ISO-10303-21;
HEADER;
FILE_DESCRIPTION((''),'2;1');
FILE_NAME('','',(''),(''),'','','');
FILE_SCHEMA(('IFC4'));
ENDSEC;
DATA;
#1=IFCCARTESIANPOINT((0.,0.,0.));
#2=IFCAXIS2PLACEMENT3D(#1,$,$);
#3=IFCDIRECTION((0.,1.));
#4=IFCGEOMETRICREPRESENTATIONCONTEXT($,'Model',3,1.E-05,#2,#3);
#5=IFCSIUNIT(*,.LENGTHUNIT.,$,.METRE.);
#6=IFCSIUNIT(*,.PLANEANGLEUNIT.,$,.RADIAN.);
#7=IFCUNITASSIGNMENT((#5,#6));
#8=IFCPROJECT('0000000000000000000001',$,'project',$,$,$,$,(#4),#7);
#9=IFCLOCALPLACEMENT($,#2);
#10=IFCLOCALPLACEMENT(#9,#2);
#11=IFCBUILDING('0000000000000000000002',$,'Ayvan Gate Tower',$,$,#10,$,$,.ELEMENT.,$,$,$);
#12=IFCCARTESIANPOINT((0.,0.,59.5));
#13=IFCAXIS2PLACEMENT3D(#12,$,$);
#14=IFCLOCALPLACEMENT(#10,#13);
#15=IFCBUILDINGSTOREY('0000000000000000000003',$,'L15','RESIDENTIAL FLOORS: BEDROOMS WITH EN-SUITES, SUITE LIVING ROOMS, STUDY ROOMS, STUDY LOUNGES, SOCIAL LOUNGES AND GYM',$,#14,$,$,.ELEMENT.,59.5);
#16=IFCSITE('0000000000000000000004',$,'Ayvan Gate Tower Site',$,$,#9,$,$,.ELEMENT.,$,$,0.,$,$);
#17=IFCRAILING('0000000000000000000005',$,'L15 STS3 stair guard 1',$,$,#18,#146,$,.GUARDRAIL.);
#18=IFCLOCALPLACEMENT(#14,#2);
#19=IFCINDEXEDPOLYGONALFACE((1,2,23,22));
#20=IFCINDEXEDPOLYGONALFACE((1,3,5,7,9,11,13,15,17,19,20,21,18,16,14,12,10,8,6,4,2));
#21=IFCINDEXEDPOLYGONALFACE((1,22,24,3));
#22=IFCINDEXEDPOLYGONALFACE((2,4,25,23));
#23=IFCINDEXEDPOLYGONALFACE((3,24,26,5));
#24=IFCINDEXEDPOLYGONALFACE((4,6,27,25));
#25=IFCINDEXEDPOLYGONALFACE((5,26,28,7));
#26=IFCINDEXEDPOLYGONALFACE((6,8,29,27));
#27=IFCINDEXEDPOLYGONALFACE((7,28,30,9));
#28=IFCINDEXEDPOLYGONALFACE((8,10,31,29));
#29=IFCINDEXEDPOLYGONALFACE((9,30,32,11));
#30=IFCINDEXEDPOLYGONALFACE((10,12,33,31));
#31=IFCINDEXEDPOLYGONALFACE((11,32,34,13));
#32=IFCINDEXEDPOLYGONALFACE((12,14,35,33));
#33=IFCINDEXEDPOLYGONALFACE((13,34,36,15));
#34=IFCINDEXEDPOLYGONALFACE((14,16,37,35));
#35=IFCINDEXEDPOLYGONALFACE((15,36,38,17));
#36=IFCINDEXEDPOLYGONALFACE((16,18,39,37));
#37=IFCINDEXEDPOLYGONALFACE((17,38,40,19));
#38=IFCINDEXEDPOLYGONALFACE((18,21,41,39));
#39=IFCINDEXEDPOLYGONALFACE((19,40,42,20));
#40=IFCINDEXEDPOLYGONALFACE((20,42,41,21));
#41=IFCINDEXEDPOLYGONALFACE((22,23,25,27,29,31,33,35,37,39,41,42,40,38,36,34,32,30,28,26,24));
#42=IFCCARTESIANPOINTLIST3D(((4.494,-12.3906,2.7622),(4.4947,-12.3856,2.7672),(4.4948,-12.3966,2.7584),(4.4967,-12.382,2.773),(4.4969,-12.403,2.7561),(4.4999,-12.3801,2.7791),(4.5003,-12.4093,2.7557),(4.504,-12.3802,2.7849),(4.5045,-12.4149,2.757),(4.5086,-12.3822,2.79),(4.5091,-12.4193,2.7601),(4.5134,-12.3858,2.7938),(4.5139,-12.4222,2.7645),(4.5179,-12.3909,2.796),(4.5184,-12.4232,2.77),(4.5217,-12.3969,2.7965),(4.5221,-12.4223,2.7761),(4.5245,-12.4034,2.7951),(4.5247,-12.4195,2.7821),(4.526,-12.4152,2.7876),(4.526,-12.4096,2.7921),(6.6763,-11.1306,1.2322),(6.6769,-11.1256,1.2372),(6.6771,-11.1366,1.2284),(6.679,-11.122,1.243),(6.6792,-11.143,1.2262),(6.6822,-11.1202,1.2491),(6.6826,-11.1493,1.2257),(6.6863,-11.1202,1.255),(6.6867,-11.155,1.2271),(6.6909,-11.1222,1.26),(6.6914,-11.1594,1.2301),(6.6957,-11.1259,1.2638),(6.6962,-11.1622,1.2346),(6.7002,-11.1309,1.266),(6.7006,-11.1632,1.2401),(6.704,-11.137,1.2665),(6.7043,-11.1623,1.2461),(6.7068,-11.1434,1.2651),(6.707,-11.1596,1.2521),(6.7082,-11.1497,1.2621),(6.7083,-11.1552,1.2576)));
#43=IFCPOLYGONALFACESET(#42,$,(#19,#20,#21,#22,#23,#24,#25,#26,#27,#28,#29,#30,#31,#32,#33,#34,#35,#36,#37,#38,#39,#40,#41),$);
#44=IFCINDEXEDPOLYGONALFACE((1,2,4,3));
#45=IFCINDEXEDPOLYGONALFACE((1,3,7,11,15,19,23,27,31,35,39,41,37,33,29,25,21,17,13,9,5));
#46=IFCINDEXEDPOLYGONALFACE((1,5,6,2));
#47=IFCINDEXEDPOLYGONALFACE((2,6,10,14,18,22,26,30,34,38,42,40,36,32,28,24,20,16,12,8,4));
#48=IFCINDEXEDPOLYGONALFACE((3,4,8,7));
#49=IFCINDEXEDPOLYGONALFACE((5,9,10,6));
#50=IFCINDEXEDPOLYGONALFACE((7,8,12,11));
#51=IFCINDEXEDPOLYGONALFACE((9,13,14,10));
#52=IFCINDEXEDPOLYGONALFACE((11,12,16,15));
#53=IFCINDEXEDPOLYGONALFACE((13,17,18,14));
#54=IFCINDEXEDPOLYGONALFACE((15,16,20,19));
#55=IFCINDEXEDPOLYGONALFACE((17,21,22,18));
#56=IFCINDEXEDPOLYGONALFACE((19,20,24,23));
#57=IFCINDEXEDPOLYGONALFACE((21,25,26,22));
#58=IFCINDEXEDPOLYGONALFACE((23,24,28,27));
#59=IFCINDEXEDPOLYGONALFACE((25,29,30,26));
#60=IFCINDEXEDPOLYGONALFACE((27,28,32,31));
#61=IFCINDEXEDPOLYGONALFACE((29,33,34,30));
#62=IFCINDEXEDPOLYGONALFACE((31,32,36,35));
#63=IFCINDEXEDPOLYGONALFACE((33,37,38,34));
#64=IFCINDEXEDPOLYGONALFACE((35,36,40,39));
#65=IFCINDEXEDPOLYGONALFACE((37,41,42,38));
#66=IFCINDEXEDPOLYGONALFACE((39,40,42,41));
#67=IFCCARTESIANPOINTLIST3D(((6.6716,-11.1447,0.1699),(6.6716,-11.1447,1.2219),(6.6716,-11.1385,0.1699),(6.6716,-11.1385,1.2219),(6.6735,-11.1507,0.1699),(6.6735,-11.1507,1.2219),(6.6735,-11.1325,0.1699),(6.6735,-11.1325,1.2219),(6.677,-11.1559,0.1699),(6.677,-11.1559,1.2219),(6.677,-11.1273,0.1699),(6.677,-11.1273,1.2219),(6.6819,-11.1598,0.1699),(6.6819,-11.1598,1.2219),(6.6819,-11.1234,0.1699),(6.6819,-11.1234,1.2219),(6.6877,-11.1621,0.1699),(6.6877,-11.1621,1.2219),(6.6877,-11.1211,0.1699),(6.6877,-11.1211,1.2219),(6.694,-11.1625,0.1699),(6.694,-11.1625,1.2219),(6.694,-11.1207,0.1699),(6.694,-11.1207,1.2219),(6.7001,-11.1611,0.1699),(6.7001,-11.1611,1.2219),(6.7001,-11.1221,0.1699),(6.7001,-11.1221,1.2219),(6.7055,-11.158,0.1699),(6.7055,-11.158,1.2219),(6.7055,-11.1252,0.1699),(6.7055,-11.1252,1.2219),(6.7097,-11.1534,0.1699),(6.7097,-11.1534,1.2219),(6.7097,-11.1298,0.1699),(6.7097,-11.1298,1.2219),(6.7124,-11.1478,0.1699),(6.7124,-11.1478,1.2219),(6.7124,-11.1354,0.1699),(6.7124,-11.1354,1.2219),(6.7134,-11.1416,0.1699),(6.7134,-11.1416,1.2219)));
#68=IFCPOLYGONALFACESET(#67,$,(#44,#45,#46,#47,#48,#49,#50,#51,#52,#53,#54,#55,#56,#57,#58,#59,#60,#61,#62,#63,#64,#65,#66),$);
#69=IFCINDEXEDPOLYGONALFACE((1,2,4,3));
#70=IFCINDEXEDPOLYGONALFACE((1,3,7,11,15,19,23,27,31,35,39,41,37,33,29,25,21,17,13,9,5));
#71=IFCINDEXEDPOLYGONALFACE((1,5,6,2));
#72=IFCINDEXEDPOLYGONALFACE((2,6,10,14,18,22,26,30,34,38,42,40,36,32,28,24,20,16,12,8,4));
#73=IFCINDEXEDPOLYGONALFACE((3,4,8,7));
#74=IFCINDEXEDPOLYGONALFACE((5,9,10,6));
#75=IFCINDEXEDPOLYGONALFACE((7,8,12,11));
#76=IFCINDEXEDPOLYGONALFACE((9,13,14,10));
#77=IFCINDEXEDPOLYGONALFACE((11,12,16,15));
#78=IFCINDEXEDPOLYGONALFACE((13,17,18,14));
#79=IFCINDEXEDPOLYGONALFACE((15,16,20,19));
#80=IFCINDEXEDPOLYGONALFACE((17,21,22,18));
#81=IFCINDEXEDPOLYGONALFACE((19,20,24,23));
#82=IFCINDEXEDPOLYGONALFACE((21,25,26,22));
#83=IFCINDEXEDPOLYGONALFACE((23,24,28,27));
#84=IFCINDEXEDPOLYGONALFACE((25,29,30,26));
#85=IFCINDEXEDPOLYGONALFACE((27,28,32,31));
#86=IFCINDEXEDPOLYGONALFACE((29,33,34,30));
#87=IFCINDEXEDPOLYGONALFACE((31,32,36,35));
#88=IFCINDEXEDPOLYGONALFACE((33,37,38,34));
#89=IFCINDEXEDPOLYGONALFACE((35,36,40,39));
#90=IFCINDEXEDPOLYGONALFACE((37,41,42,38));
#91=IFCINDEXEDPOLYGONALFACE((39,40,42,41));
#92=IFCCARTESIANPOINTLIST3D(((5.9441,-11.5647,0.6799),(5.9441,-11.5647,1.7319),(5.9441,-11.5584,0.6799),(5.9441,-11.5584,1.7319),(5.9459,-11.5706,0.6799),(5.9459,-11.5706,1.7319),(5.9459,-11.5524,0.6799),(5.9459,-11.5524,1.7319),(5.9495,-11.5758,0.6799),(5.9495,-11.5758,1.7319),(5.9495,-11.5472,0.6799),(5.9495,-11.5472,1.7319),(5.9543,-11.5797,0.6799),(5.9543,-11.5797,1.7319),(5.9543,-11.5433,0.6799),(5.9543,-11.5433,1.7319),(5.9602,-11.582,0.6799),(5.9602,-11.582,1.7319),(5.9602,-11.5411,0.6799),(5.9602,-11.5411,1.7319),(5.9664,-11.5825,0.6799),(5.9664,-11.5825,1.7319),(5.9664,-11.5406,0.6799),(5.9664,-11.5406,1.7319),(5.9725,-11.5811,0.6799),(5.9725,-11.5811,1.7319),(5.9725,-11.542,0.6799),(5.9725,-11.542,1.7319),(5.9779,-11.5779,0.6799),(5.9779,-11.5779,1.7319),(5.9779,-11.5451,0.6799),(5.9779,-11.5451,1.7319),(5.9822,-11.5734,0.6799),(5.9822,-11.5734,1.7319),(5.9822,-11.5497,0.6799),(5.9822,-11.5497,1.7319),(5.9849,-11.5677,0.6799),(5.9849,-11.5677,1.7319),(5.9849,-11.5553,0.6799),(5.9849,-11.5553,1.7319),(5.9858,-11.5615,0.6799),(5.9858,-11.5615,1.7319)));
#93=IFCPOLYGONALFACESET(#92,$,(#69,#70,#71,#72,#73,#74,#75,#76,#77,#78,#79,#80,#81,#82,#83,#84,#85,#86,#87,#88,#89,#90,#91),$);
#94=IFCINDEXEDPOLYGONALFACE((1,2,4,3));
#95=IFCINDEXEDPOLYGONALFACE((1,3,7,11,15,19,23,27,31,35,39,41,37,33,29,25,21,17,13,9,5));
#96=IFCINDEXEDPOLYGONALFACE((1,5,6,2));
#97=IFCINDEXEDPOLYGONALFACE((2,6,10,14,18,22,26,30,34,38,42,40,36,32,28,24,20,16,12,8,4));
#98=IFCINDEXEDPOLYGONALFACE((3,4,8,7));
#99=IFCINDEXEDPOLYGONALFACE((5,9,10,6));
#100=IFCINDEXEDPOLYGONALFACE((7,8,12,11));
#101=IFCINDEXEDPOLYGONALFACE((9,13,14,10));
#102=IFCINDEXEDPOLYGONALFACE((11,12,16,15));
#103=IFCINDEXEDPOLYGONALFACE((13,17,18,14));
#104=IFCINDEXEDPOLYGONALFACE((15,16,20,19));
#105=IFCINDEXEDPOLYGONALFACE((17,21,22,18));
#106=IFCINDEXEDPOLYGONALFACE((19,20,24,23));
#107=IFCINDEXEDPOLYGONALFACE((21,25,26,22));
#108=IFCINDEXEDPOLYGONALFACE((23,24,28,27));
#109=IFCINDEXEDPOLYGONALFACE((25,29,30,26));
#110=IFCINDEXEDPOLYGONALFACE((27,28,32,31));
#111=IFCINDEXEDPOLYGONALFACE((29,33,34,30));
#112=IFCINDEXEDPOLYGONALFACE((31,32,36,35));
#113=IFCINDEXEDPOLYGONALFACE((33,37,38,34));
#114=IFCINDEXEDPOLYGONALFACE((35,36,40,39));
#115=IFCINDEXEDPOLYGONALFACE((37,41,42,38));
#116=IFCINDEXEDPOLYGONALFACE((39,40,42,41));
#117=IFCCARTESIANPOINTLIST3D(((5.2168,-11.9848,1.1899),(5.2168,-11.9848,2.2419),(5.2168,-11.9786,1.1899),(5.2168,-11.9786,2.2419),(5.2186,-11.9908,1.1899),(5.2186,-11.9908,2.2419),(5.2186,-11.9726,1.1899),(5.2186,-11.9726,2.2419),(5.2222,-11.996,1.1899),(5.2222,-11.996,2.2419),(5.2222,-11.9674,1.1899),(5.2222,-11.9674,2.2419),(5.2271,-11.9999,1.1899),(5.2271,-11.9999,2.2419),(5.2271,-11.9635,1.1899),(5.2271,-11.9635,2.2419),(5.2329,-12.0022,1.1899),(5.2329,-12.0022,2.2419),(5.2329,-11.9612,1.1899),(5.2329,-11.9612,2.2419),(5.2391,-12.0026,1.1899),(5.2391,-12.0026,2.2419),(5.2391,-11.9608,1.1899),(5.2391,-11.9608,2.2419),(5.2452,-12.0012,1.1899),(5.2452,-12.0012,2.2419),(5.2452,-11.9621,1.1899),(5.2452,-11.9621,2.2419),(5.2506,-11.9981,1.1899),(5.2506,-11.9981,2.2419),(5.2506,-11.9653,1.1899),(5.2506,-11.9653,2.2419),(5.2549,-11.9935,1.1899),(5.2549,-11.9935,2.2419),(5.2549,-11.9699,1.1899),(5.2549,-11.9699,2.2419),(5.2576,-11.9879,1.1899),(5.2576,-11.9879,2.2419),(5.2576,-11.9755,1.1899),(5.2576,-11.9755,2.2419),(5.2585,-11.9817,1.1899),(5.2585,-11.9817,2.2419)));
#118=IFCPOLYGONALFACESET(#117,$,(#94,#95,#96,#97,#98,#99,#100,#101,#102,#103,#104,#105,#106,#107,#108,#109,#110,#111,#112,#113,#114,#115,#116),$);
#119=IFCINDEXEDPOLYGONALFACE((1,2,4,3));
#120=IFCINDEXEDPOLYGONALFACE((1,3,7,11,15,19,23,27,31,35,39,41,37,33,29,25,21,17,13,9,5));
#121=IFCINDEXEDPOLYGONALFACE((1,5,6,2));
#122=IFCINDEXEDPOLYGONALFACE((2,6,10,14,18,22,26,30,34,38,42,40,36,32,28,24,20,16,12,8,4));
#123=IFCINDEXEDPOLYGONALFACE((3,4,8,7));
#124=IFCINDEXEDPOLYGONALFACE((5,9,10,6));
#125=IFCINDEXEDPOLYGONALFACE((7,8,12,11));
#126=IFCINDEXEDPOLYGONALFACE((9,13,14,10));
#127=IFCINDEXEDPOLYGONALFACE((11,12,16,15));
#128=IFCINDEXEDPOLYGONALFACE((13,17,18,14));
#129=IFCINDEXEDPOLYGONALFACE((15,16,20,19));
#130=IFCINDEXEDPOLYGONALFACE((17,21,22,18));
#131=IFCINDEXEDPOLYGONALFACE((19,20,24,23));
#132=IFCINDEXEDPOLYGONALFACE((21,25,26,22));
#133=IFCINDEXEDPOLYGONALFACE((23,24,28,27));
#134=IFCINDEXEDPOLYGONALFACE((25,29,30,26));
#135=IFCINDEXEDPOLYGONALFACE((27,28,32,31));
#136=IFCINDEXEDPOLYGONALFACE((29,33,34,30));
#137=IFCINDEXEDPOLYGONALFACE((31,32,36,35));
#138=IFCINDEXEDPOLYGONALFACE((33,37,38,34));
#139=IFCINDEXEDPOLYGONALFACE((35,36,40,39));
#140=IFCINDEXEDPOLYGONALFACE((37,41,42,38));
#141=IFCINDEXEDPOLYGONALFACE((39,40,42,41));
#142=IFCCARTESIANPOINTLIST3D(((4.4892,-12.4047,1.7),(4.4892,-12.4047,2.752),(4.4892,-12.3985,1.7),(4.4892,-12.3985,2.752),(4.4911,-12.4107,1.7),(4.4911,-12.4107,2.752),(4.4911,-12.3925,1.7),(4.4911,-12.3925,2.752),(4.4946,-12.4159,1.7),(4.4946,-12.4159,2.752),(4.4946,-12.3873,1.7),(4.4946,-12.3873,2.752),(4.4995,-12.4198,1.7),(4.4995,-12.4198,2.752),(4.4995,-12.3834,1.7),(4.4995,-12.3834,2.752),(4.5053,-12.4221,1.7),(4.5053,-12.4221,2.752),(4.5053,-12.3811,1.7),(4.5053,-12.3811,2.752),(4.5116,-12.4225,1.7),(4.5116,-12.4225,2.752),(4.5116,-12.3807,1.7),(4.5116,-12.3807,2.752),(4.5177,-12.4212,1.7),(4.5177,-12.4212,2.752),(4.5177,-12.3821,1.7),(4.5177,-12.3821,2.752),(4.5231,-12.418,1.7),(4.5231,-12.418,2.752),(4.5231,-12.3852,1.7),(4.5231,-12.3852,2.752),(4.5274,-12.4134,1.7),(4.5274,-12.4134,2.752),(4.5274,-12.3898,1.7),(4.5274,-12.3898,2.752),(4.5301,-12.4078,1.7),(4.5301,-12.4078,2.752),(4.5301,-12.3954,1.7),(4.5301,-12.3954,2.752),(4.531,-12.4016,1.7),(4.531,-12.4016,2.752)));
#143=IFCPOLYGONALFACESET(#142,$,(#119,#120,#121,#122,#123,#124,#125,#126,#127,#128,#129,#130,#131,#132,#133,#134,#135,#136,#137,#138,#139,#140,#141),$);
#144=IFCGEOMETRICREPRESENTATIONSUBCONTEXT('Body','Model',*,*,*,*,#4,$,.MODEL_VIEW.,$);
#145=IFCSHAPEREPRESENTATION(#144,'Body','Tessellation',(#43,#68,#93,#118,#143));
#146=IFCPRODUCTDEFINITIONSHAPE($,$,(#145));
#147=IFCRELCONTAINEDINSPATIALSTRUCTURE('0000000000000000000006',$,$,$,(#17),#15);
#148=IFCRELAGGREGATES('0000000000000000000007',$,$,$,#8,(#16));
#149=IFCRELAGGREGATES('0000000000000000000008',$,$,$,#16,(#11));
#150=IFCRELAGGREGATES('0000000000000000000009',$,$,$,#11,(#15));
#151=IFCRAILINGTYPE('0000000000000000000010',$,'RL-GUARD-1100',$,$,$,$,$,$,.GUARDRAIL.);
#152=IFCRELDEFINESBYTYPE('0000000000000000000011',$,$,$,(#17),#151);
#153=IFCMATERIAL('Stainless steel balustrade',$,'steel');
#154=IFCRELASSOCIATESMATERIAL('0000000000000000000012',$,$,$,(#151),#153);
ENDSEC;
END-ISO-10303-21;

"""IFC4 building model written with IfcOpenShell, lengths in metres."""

from ifc_helpers import new_model, si_unit, direction, frame, origin, origin_2d, place, context, subcontext, project, spatial, circle, extrude, material, type_object, element, save


model = new_model("IFC4")

# Units and contexts
model_context = context("Model", 3, precision=1e-05, world=origin(), true_north=direction((0.0, 1.0)))
body_context = subcontext(model_context, "Body", "Model", "MODEL_VIEW")
ifc_project = project(units=[si_unit("LENGTHUNIT", "METRE"), si_unit("PLANEANGLEUNIT", "RADIAN")], contexts=[model_context])

# Site, building, storey
site_placement = place(None, origin())
site = spatial("IfcSite", under=ifc_project, at=site_placement, Name="Ayvan Gate Tower Site", CompositionType="ELEMENT", RefElevation=0.0)
building_placement = place(site_placement, origin())
building = spatial("IfcBuilding", under=site, at=building_placement, Name="Ayvan Gate Tower", CompositionType="ELEMENT")
storey_placement = place(building_placement, frame((0.0, 0.0, 59.5)))
storey = spatial("IfcBuildingStorey", under=building, at=storey_placement, Name="L15", Description="RESIDENTIAL FLOORS: BEDROOMS WITH EN-SUITES, SUITE LIVING ROOMS, STUDY ROOMS, STUDY LOUNGES, SOCIAL LOUNGES AND GYM", CompositionType="ELEMENT", Elevation=59.5)

# Railing
ifc_material_1 = material(Name="Stainless steel balustrade", Category="steel")
railing_type_1 = type_object("IfcRailingType", Name="RL-GUARD-1100", PredefinedType="GUARDRAIL", material=ifc_material_1)
railing_1_placement = place(storey_placement, frame((6.6924, -11.1416, 0.1699)))
element("IfcRailing", 1, at=railing_1_placement, inside=storey, type_object=railing_type_1, Name="L15 STS3 stair guard 1", PredefinedType="GUARDRAIL", context=body_context, shape_type="SweptSolid", body=[
    extrude(circle(Radius=0.0239, at=origin_2d()), frame((0.0, 0.0, 1.0762), z_axis=(-0.740261, -0.427395, 0.518986), x_axis=(0.500005, -0.866023, 0.0)), (0.0, 0.0, 1.0), 2.948),
    extrude(circle(Radius=0.021, at=origin_2d()), origin(), (0.0, 0.0, 1.0), 1.052),
    extrude(circle(Radius=0.021, at=origin_2d()), frame((-0.7275, -0.4199, 0.51)), (0.0, 0.0, 1.0), 1.052),
    extrude(circle(Radius=0.021, at=origin_2d()), frame((-1.4548, -0.8401, 1.02)), (0.0, 0.0, 1.0), 1.052),
    extrude(circle(Radius=0.021, at=origin_2d()), frame((-2.1824, -1.26, 1.53)), (0.0, 0.0, 1.0), 1.052),
])

save(model, "model.ifc")
